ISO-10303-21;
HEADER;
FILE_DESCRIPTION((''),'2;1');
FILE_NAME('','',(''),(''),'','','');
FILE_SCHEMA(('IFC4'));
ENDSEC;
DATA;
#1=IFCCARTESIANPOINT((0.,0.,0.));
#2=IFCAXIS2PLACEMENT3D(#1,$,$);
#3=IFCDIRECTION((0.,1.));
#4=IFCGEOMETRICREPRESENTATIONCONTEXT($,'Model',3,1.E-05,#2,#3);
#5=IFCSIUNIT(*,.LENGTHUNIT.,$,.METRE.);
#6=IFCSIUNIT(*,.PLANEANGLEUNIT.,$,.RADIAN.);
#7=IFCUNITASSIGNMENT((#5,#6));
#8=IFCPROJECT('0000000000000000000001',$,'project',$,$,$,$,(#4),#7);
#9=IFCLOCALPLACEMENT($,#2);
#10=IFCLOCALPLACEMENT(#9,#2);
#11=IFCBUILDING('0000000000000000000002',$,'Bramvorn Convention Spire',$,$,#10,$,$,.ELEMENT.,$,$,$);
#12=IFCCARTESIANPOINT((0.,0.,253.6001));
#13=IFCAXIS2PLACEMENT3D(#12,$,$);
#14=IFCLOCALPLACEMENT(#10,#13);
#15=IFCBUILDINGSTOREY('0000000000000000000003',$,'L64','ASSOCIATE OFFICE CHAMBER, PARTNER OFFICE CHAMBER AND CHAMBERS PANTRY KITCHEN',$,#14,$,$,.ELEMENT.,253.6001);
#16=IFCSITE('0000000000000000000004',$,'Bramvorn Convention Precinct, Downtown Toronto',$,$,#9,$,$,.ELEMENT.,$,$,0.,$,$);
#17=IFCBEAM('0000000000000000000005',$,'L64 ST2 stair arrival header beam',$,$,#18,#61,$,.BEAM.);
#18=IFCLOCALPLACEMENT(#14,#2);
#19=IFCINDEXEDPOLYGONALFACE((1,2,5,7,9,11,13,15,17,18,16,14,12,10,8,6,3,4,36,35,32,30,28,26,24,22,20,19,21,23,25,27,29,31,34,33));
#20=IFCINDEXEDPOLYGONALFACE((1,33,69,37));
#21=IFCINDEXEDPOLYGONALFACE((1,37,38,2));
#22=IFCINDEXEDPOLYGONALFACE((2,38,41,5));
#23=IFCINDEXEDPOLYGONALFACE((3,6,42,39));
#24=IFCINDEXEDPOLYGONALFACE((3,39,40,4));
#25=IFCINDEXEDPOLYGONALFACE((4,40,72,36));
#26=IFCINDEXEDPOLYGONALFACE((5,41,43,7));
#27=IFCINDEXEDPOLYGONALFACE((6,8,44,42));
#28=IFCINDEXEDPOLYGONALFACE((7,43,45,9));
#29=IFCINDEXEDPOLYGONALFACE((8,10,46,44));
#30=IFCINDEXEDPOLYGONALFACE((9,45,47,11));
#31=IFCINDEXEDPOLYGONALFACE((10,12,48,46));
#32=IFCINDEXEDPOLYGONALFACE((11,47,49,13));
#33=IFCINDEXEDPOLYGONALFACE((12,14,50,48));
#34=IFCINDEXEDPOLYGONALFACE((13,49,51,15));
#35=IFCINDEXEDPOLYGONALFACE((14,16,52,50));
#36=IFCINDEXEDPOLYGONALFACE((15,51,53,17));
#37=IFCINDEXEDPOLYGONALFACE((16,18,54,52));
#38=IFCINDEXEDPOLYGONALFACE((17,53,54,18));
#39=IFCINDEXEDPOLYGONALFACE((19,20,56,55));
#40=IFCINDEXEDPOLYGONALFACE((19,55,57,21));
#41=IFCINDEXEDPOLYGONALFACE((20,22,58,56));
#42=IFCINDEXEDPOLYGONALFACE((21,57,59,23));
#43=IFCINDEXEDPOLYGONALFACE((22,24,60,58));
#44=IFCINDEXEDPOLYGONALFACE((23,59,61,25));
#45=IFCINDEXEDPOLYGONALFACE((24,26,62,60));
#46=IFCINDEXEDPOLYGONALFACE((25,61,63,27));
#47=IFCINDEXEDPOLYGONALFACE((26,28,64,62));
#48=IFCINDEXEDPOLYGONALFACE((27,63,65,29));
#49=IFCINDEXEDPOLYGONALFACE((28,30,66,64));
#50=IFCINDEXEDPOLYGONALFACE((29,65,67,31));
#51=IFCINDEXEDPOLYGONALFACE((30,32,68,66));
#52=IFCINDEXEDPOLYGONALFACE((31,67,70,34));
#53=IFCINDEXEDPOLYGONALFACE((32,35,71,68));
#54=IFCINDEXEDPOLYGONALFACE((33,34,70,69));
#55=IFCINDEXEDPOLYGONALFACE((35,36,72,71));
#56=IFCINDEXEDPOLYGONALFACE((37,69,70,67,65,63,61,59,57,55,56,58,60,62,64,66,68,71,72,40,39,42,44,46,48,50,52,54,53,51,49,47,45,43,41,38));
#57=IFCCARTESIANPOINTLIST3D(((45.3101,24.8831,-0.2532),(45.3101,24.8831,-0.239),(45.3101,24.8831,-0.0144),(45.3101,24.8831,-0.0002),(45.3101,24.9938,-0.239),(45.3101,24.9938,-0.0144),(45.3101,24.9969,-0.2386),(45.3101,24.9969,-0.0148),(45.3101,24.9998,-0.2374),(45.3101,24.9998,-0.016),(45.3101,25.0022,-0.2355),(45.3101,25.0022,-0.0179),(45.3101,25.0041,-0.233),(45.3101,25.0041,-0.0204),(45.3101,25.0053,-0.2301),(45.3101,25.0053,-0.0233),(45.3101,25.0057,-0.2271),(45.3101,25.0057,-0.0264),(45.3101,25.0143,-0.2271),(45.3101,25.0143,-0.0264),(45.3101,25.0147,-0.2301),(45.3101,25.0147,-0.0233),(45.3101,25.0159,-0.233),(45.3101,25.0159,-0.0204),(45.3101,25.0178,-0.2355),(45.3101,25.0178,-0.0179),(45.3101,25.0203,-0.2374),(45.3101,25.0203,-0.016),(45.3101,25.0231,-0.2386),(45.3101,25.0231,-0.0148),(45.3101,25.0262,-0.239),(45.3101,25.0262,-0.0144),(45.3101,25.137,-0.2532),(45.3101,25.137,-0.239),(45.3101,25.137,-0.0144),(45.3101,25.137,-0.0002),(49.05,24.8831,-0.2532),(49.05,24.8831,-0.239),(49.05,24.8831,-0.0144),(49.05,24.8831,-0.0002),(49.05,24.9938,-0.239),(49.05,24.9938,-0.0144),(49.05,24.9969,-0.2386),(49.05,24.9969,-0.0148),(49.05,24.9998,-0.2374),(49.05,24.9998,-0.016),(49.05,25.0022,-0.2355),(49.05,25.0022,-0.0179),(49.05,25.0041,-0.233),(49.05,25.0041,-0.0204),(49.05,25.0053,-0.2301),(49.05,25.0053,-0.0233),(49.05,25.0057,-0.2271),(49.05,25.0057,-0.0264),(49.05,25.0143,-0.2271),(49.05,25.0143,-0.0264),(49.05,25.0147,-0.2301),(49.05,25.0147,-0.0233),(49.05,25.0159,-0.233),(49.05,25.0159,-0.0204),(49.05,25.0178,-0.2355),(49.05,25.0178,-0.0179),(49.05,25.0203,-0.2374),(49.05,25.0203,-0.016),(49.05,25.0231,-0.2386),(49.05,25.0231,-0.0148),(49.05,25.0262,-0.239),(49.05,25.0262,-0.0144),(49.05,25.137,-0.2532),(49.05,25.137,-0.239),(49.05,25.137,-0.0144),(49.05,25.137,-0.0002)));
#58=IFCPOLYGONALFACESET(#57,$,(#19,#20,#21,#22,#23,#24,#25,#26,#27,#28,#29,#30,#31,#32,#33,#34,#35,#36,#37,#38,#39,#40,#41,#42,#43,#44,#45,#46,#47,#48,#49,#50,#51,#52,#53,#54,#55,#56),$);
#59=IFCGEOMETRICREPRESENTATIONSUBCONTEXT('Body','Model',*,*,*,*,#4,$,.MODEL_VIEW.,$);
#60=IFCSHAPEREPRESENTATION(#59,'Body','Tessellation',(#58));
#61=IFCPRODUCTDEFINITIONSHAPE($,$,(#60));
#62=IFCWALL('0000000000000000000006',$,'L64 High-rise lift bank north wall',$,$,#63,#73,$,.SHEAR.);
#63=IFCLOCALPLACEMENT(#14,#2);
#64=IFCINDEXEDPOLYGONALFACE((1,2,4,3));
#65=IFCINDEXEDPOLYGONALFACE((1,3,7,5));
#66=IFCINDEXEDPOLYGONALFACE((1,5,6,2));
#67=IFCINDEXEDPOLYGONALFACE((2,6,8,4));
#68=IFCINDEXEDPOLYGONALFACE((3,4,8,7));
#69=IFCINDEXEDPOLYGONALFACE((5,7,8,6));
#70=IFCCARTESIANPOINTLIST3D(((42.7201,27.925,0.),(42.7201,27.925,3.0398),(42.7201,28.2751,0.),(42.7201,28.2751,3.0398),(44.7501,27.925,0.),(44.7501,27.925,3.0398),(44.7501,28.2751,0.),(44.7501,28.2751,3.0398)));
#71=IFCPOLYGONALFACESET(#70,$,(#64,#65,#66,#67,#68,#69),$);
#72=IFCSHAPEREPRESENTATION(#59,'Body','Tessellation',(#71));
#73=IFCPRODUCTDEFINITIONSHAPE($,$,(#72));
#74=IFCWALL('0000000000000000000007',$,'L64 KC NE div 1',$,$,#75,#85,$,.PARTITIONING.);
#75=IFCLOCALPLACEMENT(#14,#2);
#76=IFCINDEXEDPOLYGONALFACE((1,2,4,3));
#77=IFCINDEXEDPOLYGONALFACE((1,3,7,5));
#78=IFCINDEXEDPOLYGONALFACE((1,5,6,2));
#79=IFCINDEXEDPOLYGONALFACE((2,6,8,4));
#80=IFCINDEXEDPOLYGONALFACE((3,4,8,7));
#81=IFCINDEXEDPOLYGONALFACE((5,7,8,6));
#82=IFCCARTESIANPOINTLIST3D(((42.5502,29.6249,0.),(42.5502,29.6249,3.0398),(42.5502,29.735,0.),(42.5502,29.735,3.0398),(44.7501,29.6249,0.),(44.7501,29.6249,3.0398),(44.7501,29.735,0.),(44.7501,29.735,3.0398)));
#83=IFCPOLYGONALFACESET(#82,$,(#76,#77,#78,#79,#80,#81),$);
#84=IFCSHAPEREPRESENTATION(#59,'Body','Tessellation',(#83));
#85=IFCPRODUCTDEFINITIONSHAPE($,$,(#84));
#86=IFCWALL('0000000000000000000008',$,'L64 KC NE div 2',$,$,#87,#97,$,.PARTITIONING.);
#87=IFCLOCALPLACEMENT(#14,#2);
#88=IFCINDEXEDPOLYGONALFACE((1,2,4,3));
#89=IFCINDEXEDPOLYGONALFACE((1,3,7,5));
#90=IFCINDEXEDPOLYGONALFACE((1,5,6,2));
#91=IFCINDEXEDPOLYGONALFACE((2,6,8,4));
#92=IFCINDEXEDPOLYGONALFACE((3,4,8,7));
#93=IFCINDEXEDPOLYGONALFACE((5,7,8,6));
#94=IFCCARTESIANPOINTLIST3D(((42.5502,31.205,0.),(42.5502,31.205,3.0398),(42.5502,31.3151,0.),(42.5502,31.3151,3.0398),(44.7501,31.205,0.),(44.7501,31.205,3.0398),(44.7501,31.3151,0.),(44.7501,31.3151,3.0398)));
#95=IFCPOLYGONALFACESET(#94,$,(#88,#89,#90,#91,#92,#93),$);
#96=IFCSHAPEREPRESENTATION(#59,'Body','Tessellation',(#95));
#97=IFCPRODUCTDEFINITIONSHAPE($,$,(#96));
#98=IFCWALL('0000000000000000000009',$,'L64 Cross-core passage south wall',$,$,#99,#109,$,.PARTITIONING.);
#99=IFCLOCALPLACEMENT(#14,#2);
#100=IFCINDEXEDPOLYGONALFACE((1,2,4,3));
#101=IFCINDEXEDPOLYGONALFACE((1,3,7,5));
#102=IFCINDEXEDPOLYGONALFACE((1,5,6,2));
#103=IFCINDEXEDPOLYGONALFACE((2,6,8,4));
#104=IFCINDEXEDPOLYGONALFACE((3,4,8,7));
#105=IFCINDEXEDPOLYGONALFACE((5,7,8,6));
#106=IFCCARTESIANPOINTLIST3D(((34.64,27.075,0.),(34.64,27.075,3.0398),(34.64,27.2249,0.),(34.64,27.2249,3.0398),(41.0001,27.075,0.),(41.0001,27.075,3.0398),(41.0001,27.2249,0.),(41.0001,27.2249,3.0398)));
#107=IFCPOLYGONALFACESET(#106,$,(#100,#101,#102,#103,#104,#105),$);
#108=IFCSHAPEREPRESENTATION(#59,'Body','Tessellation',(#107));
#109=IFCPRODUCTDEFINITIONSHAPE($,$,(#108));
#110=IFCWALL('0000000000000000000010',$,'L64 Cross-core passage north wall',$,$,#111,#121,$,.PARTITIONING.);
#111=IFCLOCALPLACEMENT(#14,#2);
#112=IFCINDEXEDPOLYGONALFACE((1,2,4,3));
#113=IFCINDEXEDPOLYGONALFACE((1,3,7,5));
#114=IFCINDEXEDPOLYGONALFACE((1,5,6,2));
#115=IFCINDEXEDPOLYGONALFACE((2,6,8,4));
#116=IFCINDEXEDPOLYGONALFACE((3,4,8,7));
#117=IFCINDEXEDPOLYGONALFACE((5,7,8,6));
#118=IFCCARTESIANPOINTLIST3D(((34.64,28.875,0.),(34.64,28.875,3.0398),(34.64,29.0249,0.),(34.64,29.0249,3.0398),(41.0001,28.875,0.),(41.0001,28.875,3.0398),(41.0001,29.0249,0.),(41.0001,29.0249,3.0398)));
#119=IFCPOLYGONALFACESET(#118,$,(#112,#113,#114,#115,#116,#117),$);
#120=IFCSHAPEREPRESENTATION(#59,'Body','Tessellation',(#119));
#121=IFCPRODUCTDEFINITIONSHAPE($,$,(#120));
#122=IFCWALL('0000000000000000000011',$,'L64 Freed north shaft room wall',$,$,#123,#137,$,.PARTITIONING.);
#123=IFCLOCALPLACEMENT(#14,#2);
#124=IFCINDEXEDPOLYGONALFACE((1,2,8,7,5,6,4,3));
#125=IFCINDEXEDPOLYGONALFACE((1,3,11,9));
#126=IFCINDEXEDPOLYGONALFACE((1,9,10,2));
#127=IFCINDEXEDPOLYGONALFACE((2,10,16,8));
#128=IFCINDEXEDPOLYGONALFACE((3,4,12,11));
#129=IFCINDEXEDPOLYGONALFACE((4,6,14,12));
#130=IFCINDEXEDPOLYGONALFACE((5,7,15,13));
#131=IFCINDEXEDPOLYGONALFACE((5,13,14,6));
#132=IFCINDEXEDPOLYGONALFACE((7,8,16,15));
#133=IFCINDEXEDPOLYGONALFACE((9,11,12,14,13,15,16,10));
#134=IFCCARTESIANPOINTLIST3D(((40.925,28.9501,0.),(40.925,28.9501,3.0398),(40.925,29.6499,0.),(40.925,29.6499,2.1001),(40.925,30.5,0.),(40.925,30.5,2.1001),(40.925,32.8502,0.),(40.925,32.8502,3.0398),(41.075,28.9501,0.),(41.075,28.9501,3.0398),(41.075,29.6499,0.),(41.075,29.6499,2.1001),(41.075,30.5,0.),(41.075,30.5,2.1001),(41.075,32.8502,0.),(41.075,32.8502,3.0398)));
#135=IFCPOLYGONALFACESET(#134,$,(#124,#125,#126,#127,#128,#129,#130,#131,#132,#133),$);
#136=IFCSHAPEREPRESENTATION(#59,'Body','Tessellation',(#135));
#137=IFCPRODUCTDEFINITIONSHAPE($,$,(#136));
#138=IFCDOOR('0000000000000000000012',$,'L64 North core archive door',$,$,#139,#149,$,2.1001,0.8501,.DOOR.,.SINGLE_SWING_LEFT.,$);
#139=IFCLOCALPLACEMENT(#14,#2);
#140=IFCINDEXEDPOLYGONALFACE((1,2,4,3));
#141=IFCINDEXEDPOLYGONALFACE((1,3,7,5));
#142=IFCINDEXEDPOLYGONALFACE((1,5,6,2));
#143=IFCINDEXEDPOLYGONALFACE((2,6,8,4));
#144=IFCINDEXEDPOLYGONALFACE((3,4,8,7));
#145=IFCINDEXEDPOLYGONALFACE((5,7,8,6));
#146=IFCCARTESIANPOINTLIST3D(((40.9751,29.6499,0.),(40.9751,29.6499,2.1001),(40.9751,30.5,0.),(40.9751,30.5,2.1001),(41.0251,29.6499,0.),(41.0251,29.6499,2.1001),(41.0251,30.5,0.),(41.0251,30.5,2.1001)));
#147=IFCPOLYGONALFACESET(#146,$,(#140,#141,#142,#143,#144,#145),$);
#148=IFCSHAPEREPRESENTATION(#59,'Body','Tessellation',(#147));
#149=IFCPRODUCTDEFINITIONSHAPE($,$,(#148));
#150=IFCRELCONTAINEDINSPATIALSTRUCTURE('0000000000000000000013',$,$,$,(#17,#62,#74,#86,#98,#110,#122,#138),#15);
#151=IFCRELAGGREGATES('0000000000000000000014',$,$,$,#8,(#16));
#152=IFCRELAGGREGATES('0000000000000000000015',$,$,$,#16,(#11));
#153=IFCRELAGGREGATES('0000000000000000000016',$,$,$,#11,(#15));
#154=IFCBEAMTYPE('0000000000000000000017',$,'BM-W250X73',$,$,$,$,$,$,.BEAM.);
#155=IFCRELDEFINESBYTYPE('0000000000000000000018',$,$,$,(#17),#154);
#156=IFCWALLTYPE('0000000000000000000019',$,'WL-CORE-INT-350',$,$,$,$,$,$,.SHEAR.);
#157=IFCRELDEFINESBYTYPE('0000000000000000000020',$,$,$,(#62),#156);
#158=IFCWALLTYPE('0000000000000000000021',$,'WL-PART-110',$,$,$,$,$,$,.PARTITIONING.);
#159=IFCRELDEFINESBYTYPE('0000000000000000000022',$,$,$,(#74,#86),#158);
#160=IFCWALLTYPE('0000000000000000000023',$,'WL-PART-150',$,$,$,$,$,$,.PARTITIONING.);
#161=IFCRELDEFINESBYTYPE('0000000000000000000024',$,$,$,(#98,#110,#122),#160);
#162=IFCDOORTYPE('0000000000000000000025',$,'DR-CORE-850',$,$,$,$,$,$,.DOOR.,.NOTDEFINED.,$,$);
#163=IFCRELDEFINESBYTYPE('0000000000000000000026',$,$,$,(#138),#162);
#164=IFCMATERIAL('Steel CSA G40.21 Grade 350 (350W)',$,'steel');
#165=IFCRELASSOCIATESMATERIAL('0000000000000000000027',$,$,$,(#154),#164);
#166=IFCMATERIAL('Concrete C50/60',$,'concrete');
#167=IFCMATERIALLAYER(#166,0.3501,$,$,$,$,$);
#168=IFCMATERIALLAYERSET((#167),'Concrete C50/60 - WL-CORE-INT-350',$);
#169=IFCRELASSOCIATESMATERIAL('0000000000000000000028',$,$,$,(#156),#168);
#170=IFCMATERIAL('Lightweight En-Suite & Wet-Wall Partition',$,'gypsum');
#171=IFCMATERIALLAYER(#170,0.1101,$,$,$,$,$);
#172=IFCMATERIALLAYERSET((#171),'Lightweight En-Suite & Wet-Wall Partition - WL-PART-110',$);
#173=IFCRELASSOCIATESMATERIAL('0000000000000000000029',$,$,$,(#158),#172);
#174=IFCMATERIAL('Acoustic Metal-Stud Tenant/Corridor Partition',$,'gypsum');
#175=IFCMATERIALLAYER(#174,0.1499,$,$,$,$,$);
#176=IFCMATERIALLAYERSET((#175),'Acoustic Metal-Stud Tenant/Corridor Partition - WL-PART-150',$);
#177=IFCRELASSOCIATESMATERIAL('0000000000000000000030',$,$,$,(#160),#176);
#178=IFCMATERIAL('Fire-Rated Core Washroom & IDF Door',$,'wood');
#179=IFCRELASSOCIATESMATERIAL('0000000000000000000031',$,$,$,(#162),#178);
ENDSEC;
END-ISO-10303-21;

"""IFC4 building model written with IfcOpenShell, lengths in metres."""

from ifc_helpers import new_model, si_unit, direction, frame, frame_2d, origin, origin_2d, place, context, subcontext, project, spatial, rectangle, i_section, extrude, material, layer, layer_set, material_profile, profile_set, type_object, element, fill, save


model = new_model("IFC4")

# Units and contexts
model_context = context("Model", 3, precision=1e-05, world=origin(), true_north=direction((0.0, 1.0)))
body_context = subcontext(model_context, "Body", "Model", "MODEL_VIEW")
ifc_project = project(units=[si_unit("LENGTHUNIT", "METRE"), si_unit("PLANEANGLEUNIT", "RADIAN")], contexts=[model_context])

# Site, building, storey
site_placement = place(None, origin())
site = spatial("IfcSite", under=ifc_project, at=site_placement, Name="Bramvorn Convention Precinct, Downtown Toronto", CompositionType="ELEMENT", RefElevation=0.0)
building_placement = place(site_placement, origin())
building = spatial("IfcBuilding", under=site, at=building_placement, Name="Bramvorn Convention Spire", CompositionType="ELEMENT")
storey_placement = place(building_placement, frame((0.0, 0.0, 253.6001)))
storey = spatial("IfcBuildingStorey", under=building, at=storey_placement, Name="L64", Description="ASSOCIATE OFFICE CHAMBER, PARTNER OFFICE CHAMBER AND CHAMBERS PANTRY KITCHEN", CompositionType="ELEMENT", Elevation=253.6001)

# Beam
ifc_material_1 = material(Name="Steel CSA G40.21 Grade 350 (350W)", Category="steel")
ifc_material_profile = material_profile(ifc_material_1, i_section(OverallWidth=0.2539, OverallDepth=0.2529, WebThickness=0.0085, FlangeThickness=0.0142, FilletRadius=0.012, at=origin_2d()))
ifc_profile_set = profile_set([ifc_material_profile], Name="Steel CSA G40.21 Grade 350 (350W) - W250X73")
beam_type = type_object("IfcBeamType", Name="BM-W250X73", PredefinedType="BEAM", material=ifc_profile_set)
beam_placement = place(storey_placement, frame((45.3101, 25.01, -0.1267), z_axis=(1.0, 0.0, 0.0), x_axis=(0.0, 1.0, 0.0)))
element("IfcBeam", 1, at=beam_placement, inside=storey, type_object=beam_type, Name="L64 ST2 stair arrival header beam", PredefinedType="BEAM", context=body_context, shape_type="SweptSolid", body=[
    extrude(i_section(OverallWidth=0.2539, OverallDepth=0.2529, WebThickness=0.0085, FlangeThickness=0.0142, FilletRadius=0.012, at=origin_2d()), origin(), (0.0, 0.0, 1.0), 3.74),
])

# Shared definitions
ifc_material_2 = material(Name="Concrete C50/60", Category="concrete")
ifc_layer_1 = layer(ifc_material_2, 0.3501)
ifc_layer_set_1 = layer_set([ifc_layer_1], Name="Concrete C50/60 - WL-CORE-INT-350")
wall_type_1 = type_object("IfcWallType", Name="WL-CORE-INT-350", PredefinedType="SHEAR", material=ifc_layer_set_1)

# Walls
wall_1_placement = place(storey_placement, frame((42.72, 28.1001, 0.0), z_axis=(0.0, 0.0, 1.0), x_axis=(1.0, 0.0, 0.0)))
element("IfcWall", 2, at=wall_1_placement, inside=storey, type_object=wall_type_1, Name="L64 High-rise lift bank north wall", PredefinedType="SHEAR", context=body_context, shape_type="SweptSolid", body=[
    extrude(rectangle(XDim=2.03, YDim=0.3501, at=frame_2d((1.0151, 0.0))), origin(), (0.0, 0.0, 1.0), 3.0398),
])
ifc_material_3 = material(Name="Lightweight En-Suite & Wet-Wall Partition", Category="gypsum")
ifc_layer_2 = layer(ifc_material_3, 0.1101)
ifc_layer_set_2 = layer_set([ifc_layer_2], Name="Lightweight En-Suite & Wet-Wall Partition - WL-PART-110")
wall_type_2 = type_object("IfcWallType", Name="WL-PART-110", PredefinedType="PARTITIONING", material=ifc_layer_set_2)
for number, where, z_axis, x_axis, name in (
    (3, (42.55, 29.6799, 0.0), (0.0, 0.0, 1.0), (1.0, 0.0, 0.0), "L64 KC NE div 1"),
    (4, (42.55, 31.26, 0.0), (0.0, 0.0, 1.0), (1.0, 0.0, 0.0), "L64 KC NE div 2"),
):
    element("IfcWall", number, at=place(storey_placement, frame(where, z_axis=z_axis, x_axis=x_axis)), inside=storey, type_object=wall_type_2, Name=name, PredefinedType="PARTITIONING", context=body_context, shape_type="SweptSolid", body=[
        extrude(rectangle(XDim=2.2, YDim=0.1101, at=frame_2d((1.1001, 0.0))), origin(), (0.0, 0.0, 1.0), 3.0398),
    ])
ifc_material_4 = material(Name="Acoustic Metal-Stud Tenant/Corridor Partition", Category="gypsum")
ifc_layer_3 = layer(ifc_material_4, 0.1499)
ifc_layer_set_3 = layer_set([ifc_layer_3], Name="Acoustic Metal-Stud Tenant/Corridor Partition - WL-PART-150")
wall_type_3 = type_object("IfcWallType", Name="WL-PART-150", PredefinedType="PARTITIONING", material=ifc_layer_set_3)
for number, where, z_axis, x_axis, name in (
    (5, (34.6399, 27.1499, 0.0), (0.0, 0.0, 1.0), (1.0, 0.0, 0.0), "L64 Cross-core passage south wall"),
    (6, (34.6399, 28.95, 0.0), (0.0, 0.0, 1.0), (1.0, 0.0, 0.0), "L64 Cross-core passage north wall"),
):
    element("IfcWall", number, at=place(storey_placement, frame(where, z_axis=z_axis, x_axis=x_axis)), inside=storey, type_object=wall_type_3, Name=name, PredefinedType="PARTITIONING", context=body_context, shape_type="SweptSolid", body=[
        extrude(rectangle(XDim=6.3601, YDim=0.1499, at=frame_2d((3.1802, 0.0))), origin(), (0.0, 0.0, 1.0), 3.0398),
    ])

# Wall, opening, door
wall_2_placement = place(storey_placement, frame((41.0, 28.95, 0.0), z_axis=(0.0, 0.0, 1.0), x_axis=(0.0, 1.0, 0.0)))
wall_2 = element("IfcWall", 7, at=wall_2_placement, inside=storey, type_object=wall_type_3, Name="L64 Freed north shaft room wall", PredefinedType="PARTITIONING", context=body_context, shape_type="SweptSolid", body=[
    extrude(rectangle(XDim=3.9001, YDim=0.1499, at=frame_2d((1.9502, 0.0))), origin(), (0.0, 0.0, 1.0), 3.0398),
])
opening_1_placement = place(wall_2_placement, frame((0.7, 0.0, 0.0)))
opening_1 = element("IfcOpeningElement", 8, at=opening_1_placement, cuts=wall_2, PredefinedType="OPENING", context=body_context, shape_type="SweptSolid", body=[
    extrude(rectangle(XDim=0.8501, YDim=2.1001, at=frame_2d((0.425, 1.05))), frame((0.0, 0.085, 0.0), z_axis=(0.0, -1.0, 0.0), x_axis=(1.0, 0.0, 0.0)), (0.0, 0.0, 1.0), 0.1699),
])
ifc_material_5 = material(Name="Fire-Rated Core Washroom & IDF Door", Category="wood")
door_type_1 = type_object("IfcDoorType", Name="DR-CORE-850", OperationType="NOTDEFINED", PredefinedType="DOOR", material=ifc_material_5)
door_1_placement = place(opening_1_placement, origin())
door_1 = element("IfcDoor", 9, at=door_1_placement, inside=storey, type_object=door_type_1, Name="L64 North core archive door", OperationType="SINGLE_SWING_LEFT", OverallHeight=2.1001, OverallWidth=0.8501, PredefinedType="DOOR", context=body_context, shape_type="SweptSolid", body=[
    extrude(rectangle(XDim=0.8501, YDim=2.1001, at=frame_2d((0.425, 1.05))), frame((0.0, 0.0249, 0.0), z_axis=(0.0, -1.0, 0.0), x_axis=(1.0, 0.0, 0.0)), (0.0, 0.0, 1.0), 0.05),
])
fill(opening_1, door_1)

save(model, "model.ifc")
